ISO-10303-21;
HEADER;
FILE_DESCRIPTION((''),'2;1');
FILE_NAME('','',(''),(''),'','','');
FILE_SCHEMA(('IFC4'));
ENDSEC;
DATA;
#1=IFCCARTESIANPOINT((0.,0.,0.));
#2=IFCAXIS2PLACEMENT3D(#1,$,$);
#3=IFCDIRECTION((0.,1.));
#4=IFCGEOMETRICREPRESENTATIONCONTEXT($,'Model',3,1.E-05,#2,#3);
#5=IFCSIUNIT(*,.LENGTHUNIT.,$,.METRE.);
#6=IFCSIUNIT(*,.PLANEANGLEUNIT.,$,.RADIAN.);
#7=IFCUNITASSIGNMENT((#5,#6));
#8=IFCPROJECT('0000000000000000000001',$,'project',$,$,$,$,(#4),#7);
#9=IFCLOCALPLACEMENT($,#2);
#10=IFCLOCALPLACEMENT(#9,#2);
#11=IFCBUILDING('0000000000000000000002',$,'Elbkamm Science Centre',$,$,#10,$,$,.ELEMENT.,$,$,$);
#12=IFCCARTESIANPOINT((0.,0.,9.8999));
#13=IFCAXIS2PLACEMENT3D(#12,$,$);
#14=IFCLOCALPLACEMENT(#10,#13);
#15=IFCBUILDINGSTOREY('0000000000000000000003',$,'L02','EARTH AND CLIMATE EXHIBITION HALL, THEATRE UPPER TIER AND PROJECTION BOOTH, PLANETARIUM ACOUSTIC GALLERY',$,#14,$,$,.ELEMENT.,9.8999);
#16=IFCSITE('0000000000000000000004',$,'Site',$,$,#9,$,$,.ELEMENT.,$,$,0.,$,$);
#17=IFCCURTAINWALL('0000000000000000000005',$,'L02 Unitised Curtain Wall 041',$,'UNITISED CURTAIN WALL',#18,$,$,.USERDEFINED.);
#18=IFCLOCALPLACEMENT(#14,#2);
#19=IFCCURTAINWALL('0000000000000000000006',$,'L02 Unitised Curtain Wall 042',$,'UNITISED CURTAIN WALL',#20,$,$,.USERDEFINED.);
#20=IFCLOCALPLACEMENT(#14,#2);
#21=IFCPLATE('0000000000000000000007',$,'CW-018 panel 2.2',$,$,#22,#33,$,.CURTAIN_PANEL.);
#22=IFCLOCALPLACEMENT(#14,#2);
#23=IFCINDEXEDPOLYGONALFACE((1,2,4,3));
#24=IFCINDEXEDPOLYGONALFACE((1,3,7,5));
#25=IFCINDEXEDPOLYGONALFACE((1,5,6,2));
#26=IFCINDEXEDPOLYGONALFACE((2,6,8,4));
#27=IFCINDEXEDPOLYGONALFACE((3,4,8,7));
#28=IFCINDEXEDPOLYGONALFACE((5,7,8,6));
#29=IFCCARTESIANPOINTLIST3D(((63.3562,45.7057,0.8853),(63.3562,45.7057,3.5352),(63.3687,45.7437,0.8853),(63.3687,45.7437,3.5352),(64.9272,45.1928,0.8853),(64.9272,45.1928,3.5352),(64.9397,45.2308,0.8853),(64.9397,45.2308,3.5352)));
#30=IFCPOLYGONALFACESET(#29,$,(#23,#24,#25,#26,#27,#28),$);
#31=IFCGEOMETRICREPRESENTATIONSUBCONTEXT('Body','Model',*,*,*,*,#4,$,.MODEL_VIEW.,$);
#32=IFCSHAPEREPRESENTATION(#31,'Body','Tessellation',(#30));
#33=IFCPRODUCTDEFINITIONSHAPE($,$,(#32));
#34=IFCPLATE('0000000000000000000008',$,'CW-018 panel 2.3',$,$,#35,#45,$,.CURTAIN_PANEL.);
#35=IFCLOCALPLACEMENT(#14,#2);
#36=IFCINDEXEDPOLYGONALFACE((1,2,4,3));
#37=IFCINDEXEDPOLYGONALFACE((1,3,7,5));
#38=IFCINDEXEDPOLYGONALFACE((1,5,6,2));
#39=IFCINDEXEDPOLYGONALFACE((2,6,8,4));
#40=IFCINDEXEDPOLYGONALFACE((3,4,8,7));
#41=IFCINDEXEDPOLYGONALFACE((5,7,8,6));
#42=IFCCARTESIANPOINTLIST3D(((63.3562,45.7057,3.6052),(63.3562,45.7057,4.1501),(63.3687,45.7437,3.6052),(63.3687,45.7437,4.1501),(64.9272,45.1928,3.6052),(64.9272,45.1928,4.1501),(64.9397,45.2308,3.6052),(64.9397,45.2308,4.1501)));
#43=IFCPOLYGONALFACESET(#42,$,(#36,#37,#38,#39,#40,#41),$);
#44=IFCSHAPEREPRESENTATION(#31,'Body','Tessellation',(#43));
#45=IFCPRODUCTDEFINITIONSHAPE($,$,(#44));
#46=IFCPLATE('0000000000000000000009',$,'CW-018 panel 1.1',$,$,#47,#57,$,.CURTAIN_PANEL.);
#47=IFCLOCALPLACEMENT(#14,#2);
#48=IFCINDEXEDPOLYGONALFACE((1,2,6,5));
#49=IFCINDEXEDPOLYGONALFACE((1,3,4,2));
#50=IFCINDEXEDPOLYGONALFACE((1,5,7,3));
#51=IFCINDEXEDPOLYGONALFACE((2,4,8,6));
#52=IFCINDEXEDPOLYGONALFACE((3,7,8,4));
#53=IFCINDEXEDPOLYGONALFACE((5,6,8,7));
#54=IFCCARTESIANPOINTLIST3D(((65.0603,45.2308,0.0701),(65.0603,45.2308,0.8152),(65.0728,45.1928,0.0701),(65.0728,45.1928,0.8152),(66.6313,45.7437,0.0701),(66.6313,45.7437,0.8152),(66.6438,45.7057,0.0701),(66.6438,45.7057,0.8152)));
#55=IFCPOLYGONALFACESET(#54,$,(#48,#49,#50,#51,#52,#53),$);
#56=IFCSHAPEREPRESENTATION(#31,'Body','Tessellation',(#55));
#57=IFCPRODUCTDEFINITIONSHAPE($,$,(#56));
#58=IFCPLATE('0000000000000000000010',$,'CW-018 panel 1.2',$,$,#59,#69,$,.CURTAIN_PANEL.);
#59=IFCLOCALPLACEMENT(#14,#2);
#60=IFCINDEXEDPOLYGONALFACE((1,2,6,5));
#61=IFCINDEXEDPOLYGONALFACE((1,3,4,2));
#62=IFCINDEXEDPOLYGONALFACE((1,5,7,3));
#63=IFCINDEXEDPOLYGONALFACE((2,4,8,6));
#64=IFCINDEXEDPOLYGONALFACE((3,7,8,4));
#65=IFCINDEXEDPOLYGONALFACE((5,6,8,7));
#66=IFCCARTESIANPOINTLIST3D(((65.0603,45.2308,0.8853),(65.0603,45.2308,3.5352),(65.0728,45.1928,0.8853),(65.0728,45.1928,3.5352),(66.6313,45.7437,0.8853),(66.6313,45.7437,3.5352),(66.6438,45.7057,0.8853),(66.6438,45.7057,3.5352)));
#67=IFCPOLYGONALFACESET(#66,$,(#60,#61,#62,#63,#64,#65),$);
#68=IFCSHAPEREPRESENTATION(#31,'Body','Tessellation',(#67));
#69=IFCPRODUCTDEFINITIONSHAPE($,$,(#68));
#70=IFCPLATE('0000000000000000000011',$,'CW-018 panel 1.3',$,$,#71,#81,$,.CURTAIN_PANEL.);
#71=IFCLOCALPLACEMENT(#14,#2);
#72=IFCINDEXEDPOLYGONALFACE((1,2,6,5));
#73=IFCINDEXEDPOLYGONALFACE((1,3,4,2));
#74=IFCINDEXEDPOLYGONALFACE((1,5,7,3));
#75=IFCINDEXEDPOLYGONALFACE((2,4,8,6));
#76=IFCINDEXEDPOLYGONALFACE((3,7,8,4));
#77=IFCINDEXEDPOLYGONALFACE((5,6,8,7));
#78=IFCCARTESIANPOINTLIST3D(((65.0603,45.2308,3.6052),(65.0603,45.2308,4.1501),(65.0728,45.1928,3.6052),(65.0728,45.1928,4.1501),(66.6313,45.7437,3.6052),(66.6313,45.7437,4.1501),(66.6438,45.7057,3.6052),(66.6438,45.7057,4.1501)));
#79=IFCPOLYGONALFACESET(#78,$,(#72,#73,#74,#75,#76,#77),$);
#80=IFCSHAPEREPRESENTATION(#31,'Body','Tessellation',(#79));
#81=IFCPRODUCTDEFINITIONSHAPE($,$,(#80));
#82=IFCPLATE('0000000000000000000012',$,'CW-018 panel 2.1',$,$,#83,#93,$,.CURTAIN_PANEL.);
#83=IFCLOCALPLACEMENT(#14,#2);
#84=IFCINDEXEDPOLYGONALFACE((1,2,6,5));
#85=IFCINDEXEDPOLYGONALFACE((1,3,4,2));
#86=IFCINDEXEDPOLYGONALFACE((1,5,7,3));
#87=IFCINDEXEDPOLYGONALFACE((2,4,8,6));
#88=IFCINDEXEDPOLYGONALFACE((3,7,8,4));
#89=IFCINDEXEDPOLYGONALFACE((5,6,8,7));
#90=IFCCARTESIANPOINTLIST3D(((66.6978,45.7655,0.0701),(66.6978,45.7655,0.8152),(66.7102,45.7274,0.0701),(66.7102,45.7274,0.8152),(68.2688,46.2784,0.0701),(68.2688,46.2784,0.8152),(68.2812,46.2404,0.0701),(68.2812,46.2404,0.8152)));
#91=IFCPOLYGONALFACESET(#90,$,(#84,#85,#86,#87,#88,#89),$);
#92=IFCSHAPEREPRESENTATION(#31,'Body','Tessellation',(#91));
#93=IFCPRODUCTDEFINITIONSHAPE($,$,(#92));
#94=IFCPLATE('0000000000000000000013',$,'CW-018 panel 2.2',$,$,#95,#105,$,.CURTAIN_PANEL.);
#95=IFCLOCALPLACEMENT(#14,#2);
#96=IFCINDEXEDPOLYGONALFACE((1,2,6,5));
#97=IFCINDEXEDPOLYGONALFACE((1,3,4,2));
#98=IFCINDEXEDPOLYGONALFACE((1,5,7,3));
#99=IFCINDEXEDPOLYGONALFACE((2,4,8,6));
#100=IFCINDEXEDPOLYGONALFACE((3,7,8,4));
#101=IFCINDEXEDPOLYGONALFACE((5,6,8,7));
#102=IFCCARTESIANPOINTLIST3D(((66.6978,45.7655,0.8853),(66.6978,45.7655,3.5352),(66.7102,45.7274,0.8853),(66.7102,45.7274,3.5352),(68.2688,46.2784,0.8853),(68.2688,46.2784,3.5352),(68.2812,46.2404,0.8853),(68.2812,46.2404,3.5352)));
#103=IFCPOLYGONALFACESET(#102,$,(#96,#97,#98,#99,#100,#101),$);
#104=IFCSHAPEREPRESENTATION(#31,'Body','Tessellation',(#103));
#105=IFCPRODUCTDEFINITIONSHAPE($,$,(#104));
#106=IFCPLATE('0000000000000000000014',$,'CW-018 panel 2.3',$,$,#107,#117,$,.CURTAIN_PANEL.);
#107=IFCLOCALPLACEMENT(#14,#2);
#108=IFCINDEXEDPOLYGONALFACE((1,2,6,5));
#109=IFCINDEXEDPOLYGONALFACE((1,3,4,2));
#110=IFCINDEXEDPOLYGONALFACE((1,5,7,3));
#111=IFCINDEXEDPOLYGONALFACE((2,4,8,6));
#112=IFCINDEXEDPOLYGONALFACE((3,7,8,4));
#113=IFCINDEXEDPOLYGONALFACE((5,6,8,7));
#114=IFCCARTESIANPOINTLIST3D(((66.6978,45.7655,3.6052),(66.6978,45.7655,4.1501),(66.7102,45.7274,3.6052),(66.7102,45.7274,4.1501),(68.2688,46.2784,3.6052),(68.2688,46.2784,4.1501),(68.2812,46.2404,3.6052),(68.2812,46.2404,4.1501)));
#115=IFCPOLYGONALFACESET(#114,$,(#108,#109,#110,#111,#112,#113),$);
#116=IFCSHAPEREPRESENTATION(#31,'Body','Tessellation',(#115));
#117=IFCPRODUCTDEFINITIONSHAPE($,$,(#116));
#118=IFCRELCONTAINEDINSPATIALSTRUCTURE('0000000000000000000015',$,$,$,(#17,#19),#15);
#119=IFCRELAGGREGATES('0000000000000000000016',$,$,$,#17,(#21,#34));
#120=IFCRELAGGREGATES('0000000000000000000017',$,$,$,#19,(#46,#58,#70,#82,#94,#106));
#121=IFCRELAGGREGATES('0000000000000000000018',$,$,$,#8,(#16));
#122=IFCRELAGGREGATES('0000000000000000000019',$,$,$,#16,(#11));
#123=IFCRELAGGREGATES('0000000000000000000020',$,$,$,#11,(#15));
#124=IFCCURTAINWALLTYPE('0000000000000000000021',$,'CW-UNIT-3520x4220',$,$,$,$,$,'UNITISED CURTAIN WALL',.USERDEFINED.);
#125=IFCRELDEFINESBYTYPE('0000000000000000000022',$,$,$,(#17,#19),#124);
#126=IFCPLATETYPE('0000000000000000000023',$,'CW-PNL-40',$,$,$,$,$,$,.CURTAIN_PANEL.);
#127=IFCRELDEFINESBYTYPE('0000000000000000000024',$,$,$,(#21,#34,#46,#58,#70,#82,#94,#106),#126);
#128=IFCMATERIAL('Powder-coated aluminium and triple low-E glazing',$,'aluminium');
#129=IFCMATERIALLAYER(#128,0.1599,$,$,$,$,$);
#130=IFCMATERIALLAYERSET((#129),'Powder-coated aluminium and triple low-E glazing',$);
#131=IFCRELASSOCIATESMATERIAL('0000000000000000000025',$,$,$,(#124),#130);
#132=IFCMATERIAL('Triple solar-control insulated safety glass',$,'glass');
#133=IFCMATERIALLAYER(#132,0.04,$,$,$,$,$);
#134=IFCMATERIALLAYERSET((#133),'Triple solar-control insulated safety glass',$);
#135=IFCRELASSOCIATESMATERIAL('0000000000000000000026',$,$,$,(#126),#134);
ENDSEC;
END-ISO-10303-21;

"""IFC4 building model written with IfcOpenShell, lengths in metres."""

from ifc_helpers import new_model, si_unit, direction, frame, origin, origin_2d, place, context, subcontext, project, spatial, rectangle, extrude, material, layer, layer_set, type_object, element, aggregate, save


model = new_model("IFC4")

# Units and contexts
model_context = context("Model", 3, precision=1e-05, world=origin(), true_north=direction((0.0, 1.0)))
body_context = subcontext(model_context, "Body", "Model", "MODEL_VIEW")
ifc_project = project(units=[si_unit("LENGTHUNIT", "METRE"), si_unit("PLANEANGLEUNIT", "RADIAN")], contexts=[model_context])

# Site, building, storey
site_placement = place(None, origin())
site = spatial("IfcSite", under=ifc_project, at=site_placement, Name="Site", CompositionType="ELEMENT", RefElevation=0.0)
building_placement = place(site_placement, origin())
building = spatial("IfcBuilding", under=site, at=building_placement, Name="Elbkamm Science Centre", CompositionType="ELEMENT")
storey_placement = place(building_placement, frame((0.0, 0.0, 9.8999)))
storey = spatial("IfcBuildingStorey", under=building, at=storey_placement, Name="L02", Description="EARTH AND CLIMATE EXHIBITION HALL, THEATRE UPPER TIER AND PROJECTION BOOTH, PLANETARIUM ACOUSTIC GALLERY", CompositionType="ELEMENT", Elevation=9.8999)

# Curtain walls
ifc_material_1 = material(Name="Powder-coated aluminium and triple low-E glazing", Category="aluminium")
ifc_layer_1 = layer(ifc_material_1, 0.1599)
ifc_layer_set_1 = layer_set([ifc_layer_1], Name="Powder-coated aluminium and triple low-E glazing")
curtain_wall_type = type_object("IfcCurtainWallType", Name="CW-UNIT-3520x4220", ElementType="UNITISED CURTAIN WALL", PredefinedType="USERDEFINED", material=ifc_layer_set_1)
curtain_wall_1_placement = place(storey_placement, origin())
curtain_wall_1 = element("IfcCurtainWall", 1, at=curtain_wall_1_placement, inside=storey, type_object=curtain_wall_type, Name="L02 Unitised Curtain Wall 041", ObjectType="UNITISED CURTAIN WALL", PredefinedType="USERDEFINED")
curtain_wall_2_placement = place(storey_placement, origin())
curtain_wall_2 = element("IfcCurtainWall", 2, at=curtain_wall_2_placement, inside=storey, type_object=curtain_wall_type, Name="L02 Unitised Curtain Wall 042", ObjectType="UNITISED CURTAIN WALL", PredefinedType="USERDEFINED")

# Plates
ifc_material_2 = material(Name="Triple solar-control insulated safety glass", Category="glass")
ifc_layer_2 = layer(ifc_material_2, 0.04)
ifc_layer_set_2 = layer_set([ifc_layer_2], Name="Triple solar-control insulated safety glass")
plate_type = type_object("IfcPlateType", Name="CW-PNL-40", PredefinedType="CURTAIN_PANEL", material=ifc_layer_set_2)
plate_1_placement = place(storey_placement, frame((64.1479, 45.4683, 0.8853), z_axis=(0.0, 0.0, 1.0), x_axis=(0.950617, -0.310367, 0.0)))
plate_1 = element("IfcPlate", 3, at=plate_1_placement, type_object=plate_type, Name="CW-018 panel 2.2", PredefinedType="CURTAIN_PANEL", context=body_context, shape_type="SweptSolid", body=[
    extrude(rectangle(XDim=1.6526, YDim=0.04, at=origin_2d()), origin(), (0.0, 0.0, 1.0), 2.6499),
])
plate_2_placement = place(storey_placement, frame((64.1479, 45.4683, 3.6052), z_axis=(0.0, 0.0, 1.0), x_axis=(0.950617, -0.310367, 0.0)))
plate_2 = element("IfcPlate", 4, at=plate_2_placement, type_object=plate_type, Name="CW-018 panel 2.3", PredefinedType="CURTAIN_PANEL", context=body_context, shape_type="SweptSolid", body=[
    extrude(rectangle(XDim=1.6526, YDim=0.04, at=origin_2d()), origin(), (0.0, 0.0, 1.0), 0.5449),
])
aggregate(curtain_wall_1, [plate_1, plate_2])
plate_3_placement = place(storey_placement, frame((65.8521, 45.4683, 0.0701), z_axis=(0.0, 0.0, 1.0), x_axis=(0.950617, 0.310367, 0.0)))
plate_3 = element("IfcPlate", 5, at=plate_3_placement, type_object=plate_type, Name="CW-018 panel 1.1", PredefinedType="CURTAIN_PANEL", context=body_context, shape_type="SweptSolid", body=[
    extrude(rectangle(XDim=1.6526, YDim=0.04, at=origin_2d()), origin(), (0.0, 0.0, 1.0), 0.7451),
])
plate_4_placement = place(storey_placement, frame((65.8521, 45.4683, 0.8853), z_axis=(0.0, 0.0, 1.0), x_axis=(0.950617, 0.310367, 0.0)))
plate_4 = element("IfcPlate", 6, at=plate_4_placement, type_object=plate_type, Name="CW-018 panel 1.2", PredefinedType="CURTAIN_PANEL", context=body_context, shape_type="SweptSolid", body=[
    extrude(rectangle(XDim=1.6526, YDim=0.04, at=origin_2d()), origin(), (0.0, 0.0, 1.0), 2.6499),
])
plate_5_placement = place(storey_placement, frame((65.8521, 45.4683, 3.6052), z_axis=(0.0, 0.0, 1.0), x_axis=(0.950617, 0.310367, 0.0)))
plate_5 = element("IfcPlate", 7, at=plate_5_placement, type_object=plate_type, Name="CW-018 panel 1.3", PredefinedType="CURTAIN_PANEL", context=body_context, shape_type="SweptSolid", body=[
    extrude(rectangle(XDim=1.6526, YDim=0.04, at=origin_2d()), origin(), (0.0, 0.0, 1.0), 0.5449),
])
plate_6_placement = place(storey_placement, frame((67.4895, 46.0029, 0.0701), z_axis=(0.0, 0.0, 1.0), x_axis=(0.950617, 0.310367, 0.0)))
plate_6 = element("IfcPlate", 8, at=plate_6_placement, type_object=plate_type, Name="CW-018 panel 2.1", PredefinedType="CURTAIN_PANEL", context=body_context, shape_type="SweptSolid", body=[
    extrude(rectangle(XDim=1.6526, YDim=0.04, at=origin_2d()), origin(), (0.0, 0.0, 1.0), 0.7451),
])
plate_7_placement = place(storey_placement, frame((67.4895, 46.0029, 0.8853), z_axis=(0.0, 0.0, 1.0), x_axis=(0.950617, 0.310367, 0.0)))
plate_7 = element("IfcPlate", 9, at=plate_7_placement, type_object=plate_type, Name="CW-018 panel 2.2", PredefinedType="CURTAIN_PANEL", context=body_context, shape_type="SweptSolid", body=[
    extrude(rectangle(XDim=1.6526, YDim=0.04, at=origin_2d()), origin(), (0.0, 0.0, 1.0), 2.6499),
])
plate_8_placement = place(storey_placement, frame((67.4895, 46.0029, 3.6052), z_axis=(0.0, 0.0, 1.0), x_axis=(0.950617, 0.310367, 0.0)))
plate_8 = element("IfcPlate", 10, at=plate_8_placement, type_object=plate_type, Name="CW-018 panel 2.3", PredefinedType="CURTAIN_PANEL", context=body_context, shape_type="SweptSolid", body=[
    extrude(rectangle(XDim=1.6526, YDim=0.04, at=origin_2d()), origin(), (0.0, 0.0, 1.0), 0.5449),
])
aggregate(curtain_wall_2, [plate_3, plate_4, plate_5, plate_6, plate_7, plate_8])

save(model, "model.ifc")
